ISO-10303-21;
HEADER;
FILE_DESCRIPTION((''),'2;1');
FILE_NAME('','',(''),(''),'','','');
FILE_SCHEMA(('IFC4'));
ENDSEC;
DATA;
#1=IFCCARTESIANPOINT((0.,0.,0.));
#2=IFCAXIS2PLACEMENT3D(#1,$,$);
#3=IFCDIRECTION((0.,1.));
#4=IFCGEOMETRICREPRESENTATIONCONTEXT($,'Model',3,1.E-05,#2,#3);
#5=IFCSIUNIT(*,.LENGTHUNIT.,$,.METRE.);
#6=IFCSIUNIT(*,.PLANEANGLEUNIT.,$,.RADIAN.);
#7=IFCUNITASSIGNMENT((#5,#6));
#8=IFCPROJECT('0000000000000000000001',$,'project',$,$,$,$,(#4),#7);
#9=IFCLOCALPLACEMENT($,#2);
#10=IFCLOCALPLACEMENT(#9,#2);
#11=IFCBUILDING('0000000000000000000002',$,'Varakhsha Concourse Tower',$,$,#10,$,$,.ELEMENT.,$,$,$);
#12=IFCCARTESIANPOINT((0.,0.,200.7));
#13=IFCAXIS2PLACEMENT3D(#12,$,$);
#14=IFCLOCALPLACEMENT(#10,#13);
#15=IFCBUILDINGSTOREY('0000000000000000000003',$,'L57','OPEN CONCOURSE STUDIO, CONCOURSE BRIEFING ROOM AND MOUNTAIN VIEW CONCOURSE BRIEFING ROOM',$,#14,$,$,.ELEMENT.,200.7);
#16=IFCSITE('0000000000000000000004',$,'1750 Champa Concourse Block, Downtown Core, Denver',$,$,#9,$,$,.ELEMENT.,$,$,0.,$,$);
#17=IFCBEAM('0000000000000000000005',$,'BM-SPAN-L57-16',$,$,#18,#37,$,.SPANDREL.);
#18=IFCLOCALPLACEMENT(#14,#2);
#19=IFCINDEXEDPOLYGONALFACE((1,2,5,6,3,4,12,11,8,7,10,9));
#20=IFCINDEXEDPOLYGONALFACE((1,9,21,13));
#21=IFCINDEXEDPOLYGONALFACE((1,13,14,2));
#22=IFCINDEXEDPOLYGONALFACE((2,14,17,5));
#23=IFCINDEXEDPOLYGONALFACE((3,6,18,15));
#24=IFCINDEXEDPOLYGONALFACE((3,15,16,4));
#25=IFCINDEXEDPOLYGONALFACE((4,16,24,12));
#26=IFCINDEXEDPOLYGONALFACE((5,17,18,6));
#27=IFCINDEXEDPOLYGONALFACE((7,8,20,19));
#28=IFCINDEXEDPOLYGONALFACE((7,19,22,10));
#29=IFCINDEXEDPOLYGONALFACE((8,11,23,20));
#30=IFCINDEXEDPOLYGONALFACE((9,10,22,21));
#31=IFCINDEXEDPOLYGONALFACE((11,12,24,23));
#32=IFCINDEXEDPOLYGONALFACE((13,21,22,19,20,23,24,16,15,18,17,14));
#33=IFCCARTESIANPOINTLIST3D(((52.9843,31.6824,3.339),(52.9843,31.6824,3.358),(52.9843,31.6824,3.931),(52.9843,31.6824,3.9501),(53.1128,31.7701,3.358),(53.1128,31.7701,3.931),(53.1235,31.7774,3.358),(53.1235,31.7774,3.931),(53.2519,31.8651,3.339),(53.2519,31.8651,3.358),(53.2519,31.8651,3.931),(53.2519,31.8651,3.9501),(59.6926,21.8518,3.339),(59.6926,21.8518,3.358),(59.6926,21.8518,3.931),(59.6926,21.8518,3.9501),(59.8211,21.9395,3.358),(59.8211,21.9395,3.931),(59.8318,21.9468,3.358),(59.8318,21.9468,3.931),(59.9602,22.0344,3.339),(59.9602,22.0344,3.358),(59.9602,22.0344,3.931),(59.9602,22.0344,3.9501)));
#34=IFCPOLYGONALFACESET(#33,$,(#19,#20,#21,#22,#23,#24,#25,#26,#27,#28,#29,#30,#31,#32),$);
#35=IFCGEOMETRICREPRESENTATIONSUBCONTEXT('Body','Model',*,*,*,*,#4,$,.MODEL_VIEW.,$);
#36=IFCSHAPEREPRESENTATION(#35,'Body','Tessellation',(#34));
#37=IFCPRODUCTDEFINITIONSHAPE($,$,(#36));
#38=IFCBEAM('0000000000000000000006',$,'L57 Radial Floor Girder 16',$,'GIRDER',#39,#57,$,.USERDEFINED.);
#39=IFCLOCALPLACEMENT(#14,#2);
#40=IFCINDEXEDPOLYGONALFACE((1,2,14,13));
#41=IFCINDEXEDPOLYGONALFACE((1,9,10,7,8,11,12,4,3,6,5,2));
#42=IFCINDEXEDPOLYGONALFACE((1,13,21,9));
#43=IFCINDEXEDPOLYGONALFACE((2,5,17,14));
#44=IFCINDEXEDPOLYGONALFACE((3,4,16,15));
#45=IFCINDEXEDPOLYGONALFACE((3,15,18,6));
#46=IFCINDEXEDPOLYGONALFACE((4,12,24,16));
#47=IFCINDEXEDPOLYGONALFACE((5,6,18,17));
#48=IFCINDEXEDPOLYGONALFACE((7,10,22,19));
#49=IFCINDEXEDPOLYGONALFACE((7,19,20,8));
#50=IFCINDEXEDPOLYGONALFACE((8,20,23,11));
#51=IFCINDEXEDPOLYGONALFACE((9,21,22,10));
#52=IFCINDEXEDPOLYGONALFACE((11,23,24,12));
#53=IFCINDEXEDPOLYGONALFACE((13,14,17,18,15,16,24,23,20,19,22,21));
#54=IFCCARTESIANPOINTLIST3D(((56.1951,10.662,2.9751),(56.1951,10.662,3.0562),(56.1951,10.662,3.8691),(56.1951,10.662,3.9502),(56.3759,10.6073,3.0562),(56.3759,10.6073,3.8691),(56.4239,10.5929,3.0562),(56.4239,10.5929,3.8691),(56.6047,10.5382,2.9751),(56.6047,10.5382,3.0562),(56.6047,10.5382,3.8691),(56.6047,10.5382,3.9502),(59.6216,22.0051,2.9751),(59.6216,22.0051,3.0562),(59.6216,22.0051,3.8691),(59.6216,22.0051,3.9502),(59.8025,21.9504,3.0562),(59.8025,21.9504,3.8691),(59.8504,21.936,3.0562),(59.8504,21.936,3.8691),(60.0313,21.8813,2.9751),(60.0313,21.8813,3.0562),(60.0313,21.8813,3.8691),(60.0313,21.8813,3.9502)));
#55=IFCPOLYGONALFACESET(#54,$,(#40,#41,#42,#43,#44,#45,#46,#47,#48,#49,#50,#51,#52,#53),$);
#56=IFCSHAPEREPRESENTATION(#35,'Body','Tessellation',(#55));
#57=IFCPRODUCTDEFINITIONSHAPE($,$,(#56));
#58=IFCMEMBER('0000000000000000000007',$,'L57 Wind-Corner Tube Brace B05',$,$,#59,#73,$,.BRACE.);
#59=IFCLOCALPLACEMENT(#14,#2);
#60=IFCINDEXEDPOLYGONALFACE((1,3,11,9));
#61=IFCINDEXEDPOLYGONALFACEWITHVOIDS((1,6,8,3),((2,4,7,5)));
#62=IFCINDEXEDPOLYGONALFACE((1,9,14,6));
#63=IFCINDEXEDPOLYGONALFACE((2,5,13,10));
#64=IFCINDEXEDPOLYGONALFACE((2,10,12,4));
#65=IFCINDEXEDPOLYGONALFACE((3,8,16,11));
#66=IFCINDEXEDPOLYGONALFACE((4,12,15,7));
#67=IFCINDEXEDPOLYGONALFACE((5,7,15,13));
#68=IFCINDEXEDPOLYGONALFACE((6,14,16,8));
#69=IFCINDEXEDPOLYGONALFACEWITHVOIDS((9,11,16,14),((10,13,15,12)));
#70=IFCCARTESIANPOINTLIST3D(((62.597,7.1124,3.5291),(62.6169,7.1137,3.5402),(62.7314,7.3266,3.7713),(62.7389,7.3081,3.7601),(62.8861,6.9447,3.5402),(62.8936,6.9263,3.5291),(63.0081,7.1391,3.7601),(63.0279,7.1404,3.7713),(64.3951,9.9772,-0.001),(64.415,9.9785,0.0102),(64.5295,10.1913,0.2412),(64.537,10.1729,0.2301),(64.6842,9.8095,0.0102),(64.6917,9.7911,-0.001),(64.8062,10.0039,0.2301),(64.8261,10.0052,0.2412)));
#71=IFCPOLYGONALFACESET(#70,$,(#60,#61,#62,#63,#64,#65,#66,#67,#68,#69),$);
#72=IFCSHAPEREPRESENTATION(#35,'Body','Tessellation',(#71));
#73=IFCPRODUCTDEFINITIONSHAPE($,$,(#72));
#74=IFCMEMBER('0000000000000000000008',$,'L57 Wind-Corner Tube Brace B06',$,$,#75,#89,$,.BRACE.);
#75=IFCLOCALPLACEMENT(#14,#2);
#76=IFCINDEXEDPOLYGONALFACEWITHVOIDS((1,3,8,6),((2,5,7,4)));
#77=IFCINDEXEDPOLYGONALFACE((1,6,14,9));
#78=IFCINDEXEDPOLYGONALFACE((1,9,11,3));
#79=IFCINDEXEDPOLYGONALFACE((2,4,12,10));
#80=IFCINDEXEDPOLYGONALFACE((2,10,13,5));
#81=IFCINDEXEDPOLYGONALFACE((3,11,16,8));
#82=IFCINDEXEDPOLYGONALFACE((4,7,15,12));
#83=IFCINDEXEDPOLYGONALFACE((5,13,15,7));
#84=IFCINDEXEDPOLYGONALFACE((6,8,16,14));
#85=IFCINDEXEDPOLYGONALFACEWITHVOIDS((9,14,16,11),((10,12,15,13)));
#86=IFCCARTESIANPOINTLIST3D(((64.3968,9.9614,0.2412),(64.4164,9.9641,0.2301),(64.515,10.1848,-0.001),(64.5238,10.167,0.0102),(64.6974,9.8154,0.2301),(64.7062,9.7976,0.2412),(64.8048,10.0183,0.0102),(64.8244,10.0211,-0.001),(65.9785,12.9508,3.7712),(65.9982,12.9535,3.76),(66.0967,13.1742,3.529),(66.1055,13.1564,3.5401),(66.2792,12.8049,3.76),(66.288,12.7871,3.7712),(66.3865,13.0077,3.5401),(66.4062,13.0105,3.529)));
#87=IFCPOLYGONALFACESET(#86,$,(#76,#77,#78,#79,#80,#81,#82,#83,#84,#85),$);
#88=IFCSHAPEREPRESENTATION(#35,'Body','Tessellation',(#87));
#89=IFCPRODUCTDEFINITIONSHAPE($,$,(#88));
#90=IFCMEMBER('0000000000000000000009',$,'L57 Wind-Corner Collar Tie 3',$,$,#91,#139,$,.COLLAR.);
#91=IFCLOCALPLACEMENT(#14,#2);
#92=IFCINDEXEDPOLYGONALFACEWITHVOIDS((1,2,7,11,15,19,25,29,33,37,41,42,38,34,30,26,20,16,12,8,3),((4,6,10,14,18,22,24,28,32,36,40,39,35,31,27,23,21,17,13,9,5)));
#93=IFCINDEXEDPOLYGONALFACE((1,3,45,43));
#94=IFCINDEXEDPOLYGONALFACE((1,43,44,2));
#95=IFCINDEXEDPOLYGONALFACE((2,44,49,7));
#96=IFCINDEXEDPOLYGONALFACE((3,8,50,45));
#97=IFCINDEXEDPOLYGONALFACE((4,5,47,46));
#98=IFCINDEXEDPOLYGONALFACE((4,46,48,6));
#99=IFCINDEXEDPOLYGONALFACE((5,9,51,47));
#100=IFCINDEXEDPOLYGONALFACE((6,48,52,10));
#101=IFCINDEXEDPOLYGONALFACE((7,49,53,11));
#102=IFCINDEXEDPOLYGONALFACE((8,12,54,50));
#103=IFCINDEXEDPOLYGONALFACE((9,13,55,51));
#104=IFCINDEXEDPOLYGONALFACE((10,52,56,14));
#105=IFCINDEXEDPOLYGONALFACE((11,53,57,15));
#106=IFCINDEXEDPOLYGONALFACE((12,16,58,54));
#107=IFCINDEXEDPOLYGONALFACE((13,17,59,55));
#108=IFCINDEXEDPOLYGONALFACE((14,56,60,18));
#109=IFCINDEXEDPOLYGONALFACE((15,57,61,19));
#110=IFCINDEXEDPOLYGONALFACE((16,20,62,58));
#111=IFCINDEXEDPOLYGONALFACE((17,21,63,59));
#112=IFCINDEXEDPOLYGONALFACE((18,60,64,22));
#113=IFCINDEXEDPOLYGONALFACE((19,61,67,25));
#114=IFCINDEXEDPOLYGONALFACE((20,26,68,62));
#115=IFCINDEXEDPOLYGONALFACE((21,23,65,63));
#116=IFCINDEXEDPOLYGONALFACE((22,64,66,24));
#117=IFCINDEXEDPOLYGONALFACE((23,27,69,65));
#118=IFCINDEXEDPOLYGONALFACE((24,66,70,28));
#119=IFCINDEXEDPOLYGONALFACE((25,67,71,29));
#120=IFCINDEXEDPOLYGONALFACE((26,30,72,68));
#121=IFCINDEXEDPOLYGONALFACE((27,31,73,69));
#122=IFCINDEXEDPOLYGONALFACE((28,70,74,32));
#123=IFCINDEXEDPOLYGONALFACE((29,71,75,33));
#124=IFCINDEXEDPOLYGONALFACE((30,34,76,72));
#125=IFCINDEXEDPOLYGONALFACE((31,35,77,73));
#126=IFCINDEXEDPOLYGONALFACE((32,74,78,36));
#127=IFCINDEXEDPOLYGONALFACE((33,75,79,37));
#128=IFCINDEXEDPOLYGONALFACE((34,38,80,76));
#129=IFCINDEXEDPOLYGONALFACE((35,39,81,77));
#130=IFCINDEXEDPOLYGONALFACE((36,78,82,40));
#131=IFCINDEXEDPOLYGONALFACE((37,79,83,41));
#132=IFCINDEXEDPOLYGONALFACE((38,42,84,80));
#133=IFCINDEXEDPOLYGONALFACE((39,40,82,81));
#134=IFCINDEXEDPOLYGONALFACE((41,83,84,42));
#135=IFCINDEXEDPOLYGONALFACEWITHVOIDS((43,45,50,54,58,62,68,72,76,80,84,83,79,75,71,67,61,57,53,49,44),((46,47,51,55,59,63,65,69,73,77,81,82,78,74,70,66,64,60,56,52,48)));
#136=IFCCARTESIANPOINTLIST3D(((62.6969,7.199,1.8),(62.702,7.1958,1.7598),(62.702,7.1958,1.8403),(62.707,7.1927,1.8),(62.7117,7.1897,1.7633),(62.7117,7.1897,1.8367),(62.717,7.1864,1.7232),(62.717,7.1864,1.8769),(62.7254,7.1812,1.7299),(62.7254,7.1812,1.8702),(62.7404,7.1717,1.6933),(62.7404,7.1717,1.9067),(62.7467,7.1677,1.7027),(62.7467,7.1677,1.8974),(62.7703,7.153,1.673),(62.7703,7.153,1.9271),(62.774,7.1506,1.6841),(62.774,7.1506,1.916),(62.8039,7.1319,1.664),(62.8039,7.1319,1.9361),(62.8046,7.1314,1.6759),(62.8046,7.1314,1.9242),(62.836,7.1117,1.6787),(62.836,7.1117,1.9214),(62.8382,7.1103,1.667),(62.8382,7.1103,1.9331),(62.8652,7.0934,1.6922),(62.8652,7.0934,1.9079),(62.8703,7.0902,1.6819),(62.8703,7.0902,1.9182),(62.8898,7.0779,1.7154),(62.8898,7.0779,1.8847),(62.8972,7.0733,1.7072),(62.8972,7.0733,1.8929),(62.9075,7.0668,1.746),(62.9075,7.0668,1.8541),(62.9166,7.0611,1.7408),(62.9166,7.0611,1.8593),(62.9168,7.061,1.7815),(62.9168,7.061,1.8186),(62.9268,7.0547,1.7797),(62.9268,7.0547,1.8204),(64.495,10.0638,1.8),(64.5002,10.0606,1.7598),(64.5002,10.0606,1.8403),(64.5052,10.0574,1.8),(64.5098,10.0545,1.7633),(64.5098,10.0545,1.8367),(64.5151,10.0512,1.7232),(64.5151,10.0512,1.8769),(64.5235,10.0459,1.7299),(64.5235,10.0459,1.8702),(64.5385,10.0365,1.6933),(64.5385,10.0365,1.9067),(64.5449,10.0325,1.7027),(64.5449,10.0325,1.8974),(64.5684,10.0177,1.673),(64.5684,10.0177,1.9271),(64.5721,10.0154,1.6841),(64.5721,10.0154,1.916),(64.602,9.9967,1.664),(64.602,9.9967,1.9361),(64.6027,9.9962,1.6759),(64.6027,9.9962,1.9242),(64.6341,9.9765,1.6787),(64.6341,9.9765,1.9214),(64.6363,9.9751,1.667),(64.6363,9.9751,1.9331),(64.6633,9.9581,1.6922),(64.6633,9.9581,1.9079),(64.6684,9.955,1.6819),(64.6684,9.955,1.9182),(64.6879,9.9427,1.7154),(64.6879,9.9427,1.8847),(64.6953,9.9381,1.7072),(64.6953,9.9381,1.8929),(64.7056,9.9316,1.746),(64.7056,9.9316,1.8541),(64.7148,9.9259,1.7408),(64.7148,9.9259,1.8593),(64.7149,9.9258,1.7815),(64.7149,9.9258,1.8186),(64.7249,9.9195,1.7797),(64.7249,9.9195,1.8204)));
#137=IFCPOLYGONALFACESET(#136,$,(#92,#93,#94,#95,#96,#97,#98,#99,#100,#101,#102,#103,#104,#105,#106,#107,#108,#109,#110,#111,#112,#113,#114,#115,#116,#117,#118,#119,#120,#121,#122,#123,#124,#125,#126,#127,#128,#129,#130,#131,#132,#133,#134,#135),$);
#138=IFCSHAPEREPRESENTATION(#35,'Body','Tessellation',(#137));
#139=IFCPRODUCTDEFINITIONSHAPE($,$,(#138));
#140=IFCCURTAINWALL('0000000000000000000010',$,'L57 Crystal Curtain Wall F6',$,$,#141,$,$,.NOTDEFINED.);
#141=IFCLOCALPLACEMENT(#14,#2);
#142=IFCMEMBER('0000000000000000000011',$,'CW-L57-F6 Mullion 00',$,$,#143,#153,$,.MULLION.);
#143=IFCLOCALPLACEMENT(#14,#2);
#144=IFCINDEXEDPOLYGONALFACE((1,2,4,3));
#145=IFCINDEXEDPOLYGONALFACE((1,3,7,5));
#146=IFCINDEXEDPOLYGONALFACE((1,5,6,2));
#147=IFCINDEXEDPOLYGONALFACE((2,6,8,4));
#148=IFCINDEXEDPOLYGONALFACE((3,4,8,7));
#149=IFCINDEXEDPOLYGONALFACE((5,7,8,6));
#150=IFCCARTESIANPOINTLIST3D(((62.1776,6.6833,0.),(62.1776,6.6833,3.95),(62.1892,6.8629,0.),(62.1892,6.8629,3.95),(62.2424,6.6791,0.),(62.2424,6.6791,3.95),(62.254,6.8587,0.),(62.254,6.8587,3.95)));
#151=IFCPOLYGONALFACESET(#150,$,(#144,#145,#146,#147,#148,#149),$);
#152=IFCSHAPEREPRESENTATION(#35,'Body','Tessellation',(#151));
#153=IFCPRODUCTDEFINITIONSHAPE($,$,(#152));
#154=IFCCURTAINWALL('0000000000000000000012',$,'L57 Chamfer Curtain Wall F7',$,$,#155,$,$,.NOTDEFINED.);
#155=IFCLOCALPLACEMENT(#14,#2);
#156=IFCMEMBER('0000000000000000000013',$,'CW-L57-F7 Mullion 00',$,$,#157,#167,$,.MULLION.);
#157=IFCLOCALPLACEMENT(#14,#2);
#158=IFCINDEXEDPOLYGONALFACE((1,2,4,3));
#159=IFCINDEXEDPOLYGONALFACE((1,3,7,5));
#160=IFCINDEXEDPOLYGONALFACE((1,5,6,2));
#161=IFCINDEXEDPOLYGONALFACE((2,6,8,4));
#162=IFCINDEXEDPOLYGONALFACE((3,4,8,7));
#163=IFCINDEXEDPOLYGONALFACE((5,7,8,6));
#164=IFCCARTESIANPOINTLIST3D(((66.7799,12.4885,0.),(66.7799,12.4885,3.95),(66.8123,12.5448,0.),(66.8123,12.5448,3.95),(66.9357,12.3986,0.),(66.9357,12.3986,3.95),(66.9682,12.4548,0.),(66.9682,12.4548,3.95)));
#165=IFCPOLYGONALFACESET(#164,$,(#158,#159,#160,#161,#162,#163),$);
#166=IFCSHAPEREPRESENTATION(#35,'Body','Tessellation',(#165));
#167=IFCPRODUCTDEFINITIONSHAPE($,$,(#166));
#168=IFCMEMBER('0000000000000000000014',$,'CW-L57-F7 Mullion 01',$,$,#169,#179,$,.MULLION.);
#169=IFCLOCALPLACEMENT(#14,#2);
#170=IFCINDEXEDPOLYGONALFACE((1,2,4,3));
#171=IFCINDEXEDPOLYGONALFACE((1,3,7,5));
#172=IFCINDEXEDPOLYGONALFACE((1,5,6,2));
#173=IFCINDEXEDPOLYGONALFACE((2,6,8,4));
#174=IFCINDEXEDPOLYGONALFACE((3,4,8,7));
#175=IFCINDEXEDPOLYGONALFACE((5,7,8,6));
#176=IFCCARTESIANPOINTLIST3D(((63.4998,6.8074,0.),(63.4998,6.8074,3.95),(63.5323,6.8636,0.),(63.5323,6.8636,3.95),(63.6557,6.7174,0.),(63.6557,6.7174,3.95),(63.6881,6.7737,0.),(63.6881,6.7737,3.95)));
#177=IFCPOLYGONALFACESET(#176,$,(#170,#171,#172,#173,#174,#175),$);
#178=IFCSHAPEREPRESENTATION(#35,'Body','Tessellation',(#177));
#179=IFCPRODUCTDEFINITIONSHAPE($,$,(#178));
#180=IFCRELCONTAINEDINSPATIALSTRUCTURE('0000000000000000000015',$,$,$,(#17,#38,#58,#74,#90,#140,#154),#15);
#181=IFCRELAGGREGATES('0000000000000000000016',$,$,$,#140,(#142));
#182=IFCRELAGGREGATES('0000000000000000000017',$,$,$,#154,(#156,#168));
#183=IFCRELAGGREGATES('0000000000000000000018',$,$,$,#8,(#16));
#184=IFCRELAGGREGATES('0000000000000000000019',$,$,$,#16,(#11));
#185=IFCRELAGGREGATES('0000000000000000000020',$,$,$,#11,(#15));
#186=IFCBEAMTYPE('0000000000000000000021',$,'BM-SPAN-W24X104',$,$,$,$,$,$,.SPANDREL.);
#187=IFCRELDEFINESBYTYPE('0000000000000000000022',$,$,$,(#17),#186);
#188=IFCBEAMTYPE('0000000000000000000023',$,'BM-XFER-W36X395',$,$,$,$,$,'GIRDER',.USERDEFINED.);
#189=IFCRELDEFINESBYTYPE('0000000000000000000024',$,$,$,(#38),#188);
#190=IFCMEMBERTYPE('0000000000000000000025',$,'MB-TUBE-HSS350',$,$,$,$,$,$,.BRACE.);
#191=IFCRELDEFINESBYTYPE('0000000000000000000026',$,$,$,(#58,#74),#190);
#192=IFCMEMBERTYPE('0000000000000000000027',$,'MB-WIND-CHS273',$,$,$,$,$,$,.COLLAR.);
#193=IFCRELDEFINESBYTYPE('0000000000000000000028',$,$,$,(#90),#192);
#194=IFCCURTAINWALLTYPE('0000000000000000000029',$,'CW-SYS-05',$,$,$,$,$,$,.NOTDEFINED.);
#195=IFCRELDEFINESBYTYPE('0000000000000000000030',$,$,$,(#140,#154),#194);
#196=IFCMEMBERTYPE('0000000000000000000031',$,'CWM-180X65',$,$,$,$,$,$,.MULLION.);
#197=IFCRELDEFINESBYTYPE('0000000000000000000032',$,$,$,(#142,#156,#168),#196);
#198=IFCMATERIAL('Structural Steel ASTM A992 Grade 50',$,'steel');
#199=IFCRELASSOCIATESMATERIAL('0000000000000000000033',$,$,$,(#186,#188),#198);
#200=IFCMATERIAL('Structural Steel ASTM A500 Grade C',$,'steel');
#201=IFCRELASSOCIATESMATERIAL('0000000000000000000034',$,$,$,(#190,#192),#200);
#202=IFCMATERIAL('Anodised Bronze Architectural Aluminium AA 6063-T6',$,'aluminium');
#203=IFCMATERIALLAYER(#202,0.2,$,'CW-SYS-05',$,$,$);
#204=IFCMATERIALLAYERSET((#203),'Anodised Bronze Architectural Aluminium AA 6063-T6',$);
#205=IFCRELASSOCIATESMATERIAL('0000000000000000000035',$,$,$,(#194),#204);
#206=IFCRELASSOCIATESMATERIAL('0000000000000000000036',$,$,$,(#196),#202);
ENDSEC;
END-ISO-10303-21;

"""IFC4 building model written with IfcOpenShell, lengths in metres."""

from ifc_helpers import new_model, si_unit, direction, frame, origin, origin_2d, place, context, subcontext, project, spatial, rectangle, hollow_rectangle, hollow_circle, i_section, extrude, source, transform, mapped, material, layer, layer_set, material_profile, profile_set, type_object, type_shapes, element, aggregate, save


model = new_model("IFC4")

# Units and contexts
model_context = context("Model", 3, precision=1e-05, world=origin(), true_north=direction((0.0, 1.0)))
body_context = subcontext(model_context, "Body", "Model", "MODEL_VIEW")
ifc_project = project(units=[si_unit("LENGTHUNIT", "METRE"), si_unit("PLANEANGLEUNIT", "RADIAN")], contexts=[model_context])

# Site, building, storey
site_placement = place(None, origin())
site = spatial("IfcSite", under=ifc_project, at=site_placement, Name="1750 Champa Concourse Block, Downtown Core, Denver", CompositionType="ELEMENT", RefElevation=0.0)
building_placement = place(site_placement, origin())
building = spatial("IfcBuilding", under=site, at=building_placement, Name="Varakhsha Concourse Tower", CompositionType="ELEMENT")
storey_placement = place(building_placement, frame((0.0, 0.0, 200.7)))
storey = spatial("IfcBuildingStorey", under=building, at=storey_placement, Name="L57", Description="OPEN CONCOURSE STUDIO, CONCOURSE BRIEFING ROOM AND MOUNTAIN VIEW CONCOURSE BRIEFING ROOM", CompositionType="ELEMENT", Elevation=200.7)

# Beams
ifc_material_1 = material(Name="Structural Steel ASTM A992 Grade 50", Category="steel")
ifc_material_profile_1 = material_profile(ifc_material_1, i_section(OverallWidth=0.324, OverallDepth=0.6111, WebThickness=0.0129, FlangeThickness=0.019, at=origin_2d()), Name="W24X104")
ifc_profile_set_1 = profile_set([ifc_material_profile_1], Name="Structural Steel ASTM A992 Grade 50")
beam_type_1 = type_object("IfcBeamType", Name="BM-SPAN-W24X104", PredefinedType="SPANDREL", material=ifc_profile_set_1)
beam_1_placement = place(storey_placement, frame((59.8264, 21.9431, 3.6445), z_axis=(-0.563658, 0.826009, 0.0), x_axis=(-0.826009, -0.563658, 0.0)))
element("IfcBeam", 1, at=beam_1_placement, inside=storey, type_object=beam_type_1, Name="BM-SPAN-L57-16", PredefinedType="SPANDREL", context=body_context, shape_type="SweptSolid", body=[
    extrude(i_section(OverallWidth=0.324, OverallDepth=0.6111, WebThickness=0.0129, FlangeThickness=0.019, at=origin_2d()), origin(), (0.0, 0.0, 1.0), 11.9014),
])
ifc_material_profile_2 = material_profile(ifc_material_1, i_section(OverallWidth=0.428, OverallDepth=0.9751, WebThickness=0.05, FlangeThickness=0.0811, at=origin_2d()), Name="W36X395")
ifc_profile_set_2 = profile_set([ifc_material_profile_2], Name="Structural Steel ASTM A992 Grade 50")
beam_type_2 = type_object("IfcBeamType", Name="BM-XFER-W36X395", ElementType="GIRDER", PredefinedType="USERDEFINED", material=ifc_profile_set_2)
beam_2_placement = place(storey_placement, frame((56.3999, 10.6001, 3.4626), z_axis=(0.289175, 0.957276, 0.0), x_axis=(-0.957276, 0.289175, 0.0)))
element("IfcBeam", 2, at=beam_2_placement, inside=storey, type_object=beam_type_2, Name="L57 Radial Floor Girder 16", ObjectType="GIRDER", PredefinedType="USERDEFINED", context=body_context, shape_type="SweptSolid", body=[
    extrude(i_section(OverallWidth=0.428, OverallDepth=0.9751, WebThickness=0.05, FlangeThickness=0.0811, at=origin_2d()), origin(), (0.0, 0.0, 1.0), 11.8494),
])

# Members
ifc_material_2 = material(Name="Structural Steel ASTM A500 Grade C", Category="steel")
ifc_material_profile_3 = material_profile(ifc_material_2, hollow_rectangle(XDim=0.3501, YDim=0.3501, WallThickness=0.0161, at=origin_2d()), Name="HSS 350x350x16")
ifc_profile_set_3 = profile_set([ifc_material_profile_3], Name="Structural Steel ASTM A500 Grade C")
member_type_1 = type_object("IfcMemberType", Name="MB-TUBE-HSS350", PredefinedType="BRACE", material=ifc_profile_set_3)
shared_shape_1 = source(origin(), body_context, "Body", "SweptSolid", [
    extrude(hollow_rectangle(XDim=0.3501, YDim=0.3501, WallThickness=0.0161, at=origin_2d()), origin(), (0.0, 0.0, 1.0), 4.8889),
])
member_1_placement = place(storey_placement, frame((64.6106, 9.9912, 0.1201), z_axis=(-0.367794, -0.585973, 0.722055), x_axis=(0.846983, -0.53162, 0.0)))
element("IfcMember", 3, at=member_1_placement, inside=storey, type_object=member_type_1, Name="L57 Wind-Corner Tube Brace B05", PredefinedType="BRACE", context=body_context, shape_type="MappedRepresentation", body=[
    mapped(shared_shape_1, transform((0.0, 0.0, 0.0), scale=1.0)),
])
shared_shape_2 = source(origin(), body_context, "Body", "SweptSolid", [
    extrude(hollow_rectangle(XDim=0.3501, YDim=0.3501, WallThickness=0.0161, at=origin_2d()), origin(), (0.0, 0.0, 1.0), 4.8887),
])
type_shapes(member_type_1, [shared_shape_1, shared_shape_2])
member_2_placement = place(storey_placement, frame((64.6106, 9.9912, 0.1201), z_axis=(0.323554, 0.611501, 0.722066), x_axis=(-0.883897, 0.467682, 0.0)))
element("IfcMember", 4, at=member_2_placement, inside=storey, type_object=member_type_1, Name="L57 Wind-Corner Tube Brace B06", PredefinedType="BRACE", context=body_context, shape_type="MappedRepresentation", body=[
    mapped(shared_shape_2, transform((0.0, 0.0, 0.0), scale=1.0)),
])
ifc_material_profile_4 = material_profile(ifc_material_2, hollow_circle(Radius=0.1365, WallThickness=0.012, at=origin_2d()), Name="CHS 273x12")
ifc_profile_set_4 = profile_set([ifc_material_profile_4], Name="Structural Steel ASTM A500 Grade C")
member_type_2 = type_object("IfcMemberType", Name="MB-WIND-CHS273", PredefinedType="COLLAR", material=ifc_profile_set_4)
shared_shape_3 = source(origin(), body_context, "Body", "SweptSolid", [
    extrude(hollow_circle(Radius=0.1365, WallThickness=0.012, at=origin_2d()), origin(), (0.0, 0.0, 1.0), 3.3823),
])
type_shapes(member_type_2, [shared_shape_3])
member_3_placement = place(storey_placement, frame((62.8125, 7.1265, 1.8), z_axis=(0.53162, 0.846983, 0.0), x_axis=(-0.846983, 0.53162, 0.0)))
element("IfcMember", 5, at=member_3_placement, inside=storey, type_object=member_type_2, Name="L57 Wind-Corner Collar Tie 3", PredefinedType="COLLAR", context=body_context, shape_type="MappedRepresentation", body=[
    mapped(shared_shape_3, transform((0.0, 0.0, 0.0), scale=1.0)),
])

# Curtain wall, member
ifc_material_3 = material(Name="Anodised Bronze Architectural Aluminium AA 6063-T6", Category="aluminium")
ifc_layer_1 = layer(ifc_material_3, 0.2, Name="CW-SYS-05")
ifc_layer_set_1 = layer_set([ifc_layer_1], Name="Anodised Bronze Architectural Aluminium AA 6063-T6")
curtain_wall_type = type_object("IfcCurtainWallType", Name="CW-SYS-05", PredefinedType="NOTDEFINED", material=ifc_layer_set_1)
curtain_wall_1_placement = place(storey_placement, origin())
curtain_wall_1 = element("IfcCurtainWall", 6, at=curtain_wall_1_placement, inside=storey, type_object=curtain_wall_type, Name="L57 Crystal Curtain Wall F6", PredefinedType="NOTDEFINED")
ifc_material_profile_5 = material_profile(ifc_material_3, rectangle(XDim=0.0649, YDim=0.1799, at=origin_2d()), Name="CWM-180X65")
ifc_profile_set_5 = profile_set([ifc_material_profile_5], Name="Anodised Bronze Architectural Aluminium AA 6063-T6")
member_type_3 = type_object("IfcMemberType", Name="CWM-180X65", PredefinedType="MULLION", material=ifc_profile_set_5)
shared_shape_4 = source(origin(), body_context, "Body", "SweptSolid", [
    extrude(rectangle(XDim=0.0649, YDim=0.1799, at=origin_2d()), origin(), (0.0, 0.0, 1.0), 3.95),
])
type_shapes(member_type_3, [shared_shape_4])
member_4_placement = place(storey_placement, frame((62.2158, 6.771, 0.0), z_axis=(0.0, 0.0, 1.0), x_axis=(-0.997935, 0.064231, 0.0)))
member_4 = element("IfcMember", 7, at=member_4_placement, type_object=member_type_3, Name="CW-L57-F6 Mullion 00", PredefinedType="MULLION", context=body_context, shape_type="MappedRepresentation", body=[
    mapped(shared_shape_4, transform((0.0, 0.0, 0.0), scale=1.0)),
])

# Curtain wall, members
curtain_wall_2_placement = place(storey_placement, origin())
curtain_wall_2 = element("IfcCurtainWall", 8, at=curtain_wall_2_placement, inside=storey, type_object=curtain_wall_type, Name="L57 Chamfer Curtain Wall F7", PredefinedType="NOTDEFINED")
member_5_placement = place(storey_placement, frame((66.874, 12.4717, 0.0), z_axis=(0.0, 0.0, 1.0), x_axis=(-0.499995, -0.866028, 0.0)))
member_5 = element("IfcMember", 9, at=member_5_placement, type_object=member_type_3, Name="CW-L57-F7 Mullion 00", PredefinedType="MULLION", context=body_context, shape_type="MappedRepresentation", body=[
    mapped(shared_shape_4, transform((0.0, 0.0, 0.0), scale=1.0)),
])
member_6_placement = place(storey_placement, frame((63.594, 6.7905, 0.0), z_axis=(0.0, 0.0, 1.0), x_axis=(-0.499995, -0.866028, 0.0)))
member_6 = element("IfcMember", 10, at=member_6_placement, type_object=member_type_3, Name="CW-L57-F7 Mullion 01", PredefinedType="MULLION", context=body_context, shape_type="MappedRepresentation", body=[
    mapped(shared_shape_4, transform((0.0, 0.0, 0.0), scale=1.0)),
])

aggregate(curtain_wall_1, [member_4])
aggregate(curtain_wall_2, [member_5, member_6])

save(model, "model.ifc")
